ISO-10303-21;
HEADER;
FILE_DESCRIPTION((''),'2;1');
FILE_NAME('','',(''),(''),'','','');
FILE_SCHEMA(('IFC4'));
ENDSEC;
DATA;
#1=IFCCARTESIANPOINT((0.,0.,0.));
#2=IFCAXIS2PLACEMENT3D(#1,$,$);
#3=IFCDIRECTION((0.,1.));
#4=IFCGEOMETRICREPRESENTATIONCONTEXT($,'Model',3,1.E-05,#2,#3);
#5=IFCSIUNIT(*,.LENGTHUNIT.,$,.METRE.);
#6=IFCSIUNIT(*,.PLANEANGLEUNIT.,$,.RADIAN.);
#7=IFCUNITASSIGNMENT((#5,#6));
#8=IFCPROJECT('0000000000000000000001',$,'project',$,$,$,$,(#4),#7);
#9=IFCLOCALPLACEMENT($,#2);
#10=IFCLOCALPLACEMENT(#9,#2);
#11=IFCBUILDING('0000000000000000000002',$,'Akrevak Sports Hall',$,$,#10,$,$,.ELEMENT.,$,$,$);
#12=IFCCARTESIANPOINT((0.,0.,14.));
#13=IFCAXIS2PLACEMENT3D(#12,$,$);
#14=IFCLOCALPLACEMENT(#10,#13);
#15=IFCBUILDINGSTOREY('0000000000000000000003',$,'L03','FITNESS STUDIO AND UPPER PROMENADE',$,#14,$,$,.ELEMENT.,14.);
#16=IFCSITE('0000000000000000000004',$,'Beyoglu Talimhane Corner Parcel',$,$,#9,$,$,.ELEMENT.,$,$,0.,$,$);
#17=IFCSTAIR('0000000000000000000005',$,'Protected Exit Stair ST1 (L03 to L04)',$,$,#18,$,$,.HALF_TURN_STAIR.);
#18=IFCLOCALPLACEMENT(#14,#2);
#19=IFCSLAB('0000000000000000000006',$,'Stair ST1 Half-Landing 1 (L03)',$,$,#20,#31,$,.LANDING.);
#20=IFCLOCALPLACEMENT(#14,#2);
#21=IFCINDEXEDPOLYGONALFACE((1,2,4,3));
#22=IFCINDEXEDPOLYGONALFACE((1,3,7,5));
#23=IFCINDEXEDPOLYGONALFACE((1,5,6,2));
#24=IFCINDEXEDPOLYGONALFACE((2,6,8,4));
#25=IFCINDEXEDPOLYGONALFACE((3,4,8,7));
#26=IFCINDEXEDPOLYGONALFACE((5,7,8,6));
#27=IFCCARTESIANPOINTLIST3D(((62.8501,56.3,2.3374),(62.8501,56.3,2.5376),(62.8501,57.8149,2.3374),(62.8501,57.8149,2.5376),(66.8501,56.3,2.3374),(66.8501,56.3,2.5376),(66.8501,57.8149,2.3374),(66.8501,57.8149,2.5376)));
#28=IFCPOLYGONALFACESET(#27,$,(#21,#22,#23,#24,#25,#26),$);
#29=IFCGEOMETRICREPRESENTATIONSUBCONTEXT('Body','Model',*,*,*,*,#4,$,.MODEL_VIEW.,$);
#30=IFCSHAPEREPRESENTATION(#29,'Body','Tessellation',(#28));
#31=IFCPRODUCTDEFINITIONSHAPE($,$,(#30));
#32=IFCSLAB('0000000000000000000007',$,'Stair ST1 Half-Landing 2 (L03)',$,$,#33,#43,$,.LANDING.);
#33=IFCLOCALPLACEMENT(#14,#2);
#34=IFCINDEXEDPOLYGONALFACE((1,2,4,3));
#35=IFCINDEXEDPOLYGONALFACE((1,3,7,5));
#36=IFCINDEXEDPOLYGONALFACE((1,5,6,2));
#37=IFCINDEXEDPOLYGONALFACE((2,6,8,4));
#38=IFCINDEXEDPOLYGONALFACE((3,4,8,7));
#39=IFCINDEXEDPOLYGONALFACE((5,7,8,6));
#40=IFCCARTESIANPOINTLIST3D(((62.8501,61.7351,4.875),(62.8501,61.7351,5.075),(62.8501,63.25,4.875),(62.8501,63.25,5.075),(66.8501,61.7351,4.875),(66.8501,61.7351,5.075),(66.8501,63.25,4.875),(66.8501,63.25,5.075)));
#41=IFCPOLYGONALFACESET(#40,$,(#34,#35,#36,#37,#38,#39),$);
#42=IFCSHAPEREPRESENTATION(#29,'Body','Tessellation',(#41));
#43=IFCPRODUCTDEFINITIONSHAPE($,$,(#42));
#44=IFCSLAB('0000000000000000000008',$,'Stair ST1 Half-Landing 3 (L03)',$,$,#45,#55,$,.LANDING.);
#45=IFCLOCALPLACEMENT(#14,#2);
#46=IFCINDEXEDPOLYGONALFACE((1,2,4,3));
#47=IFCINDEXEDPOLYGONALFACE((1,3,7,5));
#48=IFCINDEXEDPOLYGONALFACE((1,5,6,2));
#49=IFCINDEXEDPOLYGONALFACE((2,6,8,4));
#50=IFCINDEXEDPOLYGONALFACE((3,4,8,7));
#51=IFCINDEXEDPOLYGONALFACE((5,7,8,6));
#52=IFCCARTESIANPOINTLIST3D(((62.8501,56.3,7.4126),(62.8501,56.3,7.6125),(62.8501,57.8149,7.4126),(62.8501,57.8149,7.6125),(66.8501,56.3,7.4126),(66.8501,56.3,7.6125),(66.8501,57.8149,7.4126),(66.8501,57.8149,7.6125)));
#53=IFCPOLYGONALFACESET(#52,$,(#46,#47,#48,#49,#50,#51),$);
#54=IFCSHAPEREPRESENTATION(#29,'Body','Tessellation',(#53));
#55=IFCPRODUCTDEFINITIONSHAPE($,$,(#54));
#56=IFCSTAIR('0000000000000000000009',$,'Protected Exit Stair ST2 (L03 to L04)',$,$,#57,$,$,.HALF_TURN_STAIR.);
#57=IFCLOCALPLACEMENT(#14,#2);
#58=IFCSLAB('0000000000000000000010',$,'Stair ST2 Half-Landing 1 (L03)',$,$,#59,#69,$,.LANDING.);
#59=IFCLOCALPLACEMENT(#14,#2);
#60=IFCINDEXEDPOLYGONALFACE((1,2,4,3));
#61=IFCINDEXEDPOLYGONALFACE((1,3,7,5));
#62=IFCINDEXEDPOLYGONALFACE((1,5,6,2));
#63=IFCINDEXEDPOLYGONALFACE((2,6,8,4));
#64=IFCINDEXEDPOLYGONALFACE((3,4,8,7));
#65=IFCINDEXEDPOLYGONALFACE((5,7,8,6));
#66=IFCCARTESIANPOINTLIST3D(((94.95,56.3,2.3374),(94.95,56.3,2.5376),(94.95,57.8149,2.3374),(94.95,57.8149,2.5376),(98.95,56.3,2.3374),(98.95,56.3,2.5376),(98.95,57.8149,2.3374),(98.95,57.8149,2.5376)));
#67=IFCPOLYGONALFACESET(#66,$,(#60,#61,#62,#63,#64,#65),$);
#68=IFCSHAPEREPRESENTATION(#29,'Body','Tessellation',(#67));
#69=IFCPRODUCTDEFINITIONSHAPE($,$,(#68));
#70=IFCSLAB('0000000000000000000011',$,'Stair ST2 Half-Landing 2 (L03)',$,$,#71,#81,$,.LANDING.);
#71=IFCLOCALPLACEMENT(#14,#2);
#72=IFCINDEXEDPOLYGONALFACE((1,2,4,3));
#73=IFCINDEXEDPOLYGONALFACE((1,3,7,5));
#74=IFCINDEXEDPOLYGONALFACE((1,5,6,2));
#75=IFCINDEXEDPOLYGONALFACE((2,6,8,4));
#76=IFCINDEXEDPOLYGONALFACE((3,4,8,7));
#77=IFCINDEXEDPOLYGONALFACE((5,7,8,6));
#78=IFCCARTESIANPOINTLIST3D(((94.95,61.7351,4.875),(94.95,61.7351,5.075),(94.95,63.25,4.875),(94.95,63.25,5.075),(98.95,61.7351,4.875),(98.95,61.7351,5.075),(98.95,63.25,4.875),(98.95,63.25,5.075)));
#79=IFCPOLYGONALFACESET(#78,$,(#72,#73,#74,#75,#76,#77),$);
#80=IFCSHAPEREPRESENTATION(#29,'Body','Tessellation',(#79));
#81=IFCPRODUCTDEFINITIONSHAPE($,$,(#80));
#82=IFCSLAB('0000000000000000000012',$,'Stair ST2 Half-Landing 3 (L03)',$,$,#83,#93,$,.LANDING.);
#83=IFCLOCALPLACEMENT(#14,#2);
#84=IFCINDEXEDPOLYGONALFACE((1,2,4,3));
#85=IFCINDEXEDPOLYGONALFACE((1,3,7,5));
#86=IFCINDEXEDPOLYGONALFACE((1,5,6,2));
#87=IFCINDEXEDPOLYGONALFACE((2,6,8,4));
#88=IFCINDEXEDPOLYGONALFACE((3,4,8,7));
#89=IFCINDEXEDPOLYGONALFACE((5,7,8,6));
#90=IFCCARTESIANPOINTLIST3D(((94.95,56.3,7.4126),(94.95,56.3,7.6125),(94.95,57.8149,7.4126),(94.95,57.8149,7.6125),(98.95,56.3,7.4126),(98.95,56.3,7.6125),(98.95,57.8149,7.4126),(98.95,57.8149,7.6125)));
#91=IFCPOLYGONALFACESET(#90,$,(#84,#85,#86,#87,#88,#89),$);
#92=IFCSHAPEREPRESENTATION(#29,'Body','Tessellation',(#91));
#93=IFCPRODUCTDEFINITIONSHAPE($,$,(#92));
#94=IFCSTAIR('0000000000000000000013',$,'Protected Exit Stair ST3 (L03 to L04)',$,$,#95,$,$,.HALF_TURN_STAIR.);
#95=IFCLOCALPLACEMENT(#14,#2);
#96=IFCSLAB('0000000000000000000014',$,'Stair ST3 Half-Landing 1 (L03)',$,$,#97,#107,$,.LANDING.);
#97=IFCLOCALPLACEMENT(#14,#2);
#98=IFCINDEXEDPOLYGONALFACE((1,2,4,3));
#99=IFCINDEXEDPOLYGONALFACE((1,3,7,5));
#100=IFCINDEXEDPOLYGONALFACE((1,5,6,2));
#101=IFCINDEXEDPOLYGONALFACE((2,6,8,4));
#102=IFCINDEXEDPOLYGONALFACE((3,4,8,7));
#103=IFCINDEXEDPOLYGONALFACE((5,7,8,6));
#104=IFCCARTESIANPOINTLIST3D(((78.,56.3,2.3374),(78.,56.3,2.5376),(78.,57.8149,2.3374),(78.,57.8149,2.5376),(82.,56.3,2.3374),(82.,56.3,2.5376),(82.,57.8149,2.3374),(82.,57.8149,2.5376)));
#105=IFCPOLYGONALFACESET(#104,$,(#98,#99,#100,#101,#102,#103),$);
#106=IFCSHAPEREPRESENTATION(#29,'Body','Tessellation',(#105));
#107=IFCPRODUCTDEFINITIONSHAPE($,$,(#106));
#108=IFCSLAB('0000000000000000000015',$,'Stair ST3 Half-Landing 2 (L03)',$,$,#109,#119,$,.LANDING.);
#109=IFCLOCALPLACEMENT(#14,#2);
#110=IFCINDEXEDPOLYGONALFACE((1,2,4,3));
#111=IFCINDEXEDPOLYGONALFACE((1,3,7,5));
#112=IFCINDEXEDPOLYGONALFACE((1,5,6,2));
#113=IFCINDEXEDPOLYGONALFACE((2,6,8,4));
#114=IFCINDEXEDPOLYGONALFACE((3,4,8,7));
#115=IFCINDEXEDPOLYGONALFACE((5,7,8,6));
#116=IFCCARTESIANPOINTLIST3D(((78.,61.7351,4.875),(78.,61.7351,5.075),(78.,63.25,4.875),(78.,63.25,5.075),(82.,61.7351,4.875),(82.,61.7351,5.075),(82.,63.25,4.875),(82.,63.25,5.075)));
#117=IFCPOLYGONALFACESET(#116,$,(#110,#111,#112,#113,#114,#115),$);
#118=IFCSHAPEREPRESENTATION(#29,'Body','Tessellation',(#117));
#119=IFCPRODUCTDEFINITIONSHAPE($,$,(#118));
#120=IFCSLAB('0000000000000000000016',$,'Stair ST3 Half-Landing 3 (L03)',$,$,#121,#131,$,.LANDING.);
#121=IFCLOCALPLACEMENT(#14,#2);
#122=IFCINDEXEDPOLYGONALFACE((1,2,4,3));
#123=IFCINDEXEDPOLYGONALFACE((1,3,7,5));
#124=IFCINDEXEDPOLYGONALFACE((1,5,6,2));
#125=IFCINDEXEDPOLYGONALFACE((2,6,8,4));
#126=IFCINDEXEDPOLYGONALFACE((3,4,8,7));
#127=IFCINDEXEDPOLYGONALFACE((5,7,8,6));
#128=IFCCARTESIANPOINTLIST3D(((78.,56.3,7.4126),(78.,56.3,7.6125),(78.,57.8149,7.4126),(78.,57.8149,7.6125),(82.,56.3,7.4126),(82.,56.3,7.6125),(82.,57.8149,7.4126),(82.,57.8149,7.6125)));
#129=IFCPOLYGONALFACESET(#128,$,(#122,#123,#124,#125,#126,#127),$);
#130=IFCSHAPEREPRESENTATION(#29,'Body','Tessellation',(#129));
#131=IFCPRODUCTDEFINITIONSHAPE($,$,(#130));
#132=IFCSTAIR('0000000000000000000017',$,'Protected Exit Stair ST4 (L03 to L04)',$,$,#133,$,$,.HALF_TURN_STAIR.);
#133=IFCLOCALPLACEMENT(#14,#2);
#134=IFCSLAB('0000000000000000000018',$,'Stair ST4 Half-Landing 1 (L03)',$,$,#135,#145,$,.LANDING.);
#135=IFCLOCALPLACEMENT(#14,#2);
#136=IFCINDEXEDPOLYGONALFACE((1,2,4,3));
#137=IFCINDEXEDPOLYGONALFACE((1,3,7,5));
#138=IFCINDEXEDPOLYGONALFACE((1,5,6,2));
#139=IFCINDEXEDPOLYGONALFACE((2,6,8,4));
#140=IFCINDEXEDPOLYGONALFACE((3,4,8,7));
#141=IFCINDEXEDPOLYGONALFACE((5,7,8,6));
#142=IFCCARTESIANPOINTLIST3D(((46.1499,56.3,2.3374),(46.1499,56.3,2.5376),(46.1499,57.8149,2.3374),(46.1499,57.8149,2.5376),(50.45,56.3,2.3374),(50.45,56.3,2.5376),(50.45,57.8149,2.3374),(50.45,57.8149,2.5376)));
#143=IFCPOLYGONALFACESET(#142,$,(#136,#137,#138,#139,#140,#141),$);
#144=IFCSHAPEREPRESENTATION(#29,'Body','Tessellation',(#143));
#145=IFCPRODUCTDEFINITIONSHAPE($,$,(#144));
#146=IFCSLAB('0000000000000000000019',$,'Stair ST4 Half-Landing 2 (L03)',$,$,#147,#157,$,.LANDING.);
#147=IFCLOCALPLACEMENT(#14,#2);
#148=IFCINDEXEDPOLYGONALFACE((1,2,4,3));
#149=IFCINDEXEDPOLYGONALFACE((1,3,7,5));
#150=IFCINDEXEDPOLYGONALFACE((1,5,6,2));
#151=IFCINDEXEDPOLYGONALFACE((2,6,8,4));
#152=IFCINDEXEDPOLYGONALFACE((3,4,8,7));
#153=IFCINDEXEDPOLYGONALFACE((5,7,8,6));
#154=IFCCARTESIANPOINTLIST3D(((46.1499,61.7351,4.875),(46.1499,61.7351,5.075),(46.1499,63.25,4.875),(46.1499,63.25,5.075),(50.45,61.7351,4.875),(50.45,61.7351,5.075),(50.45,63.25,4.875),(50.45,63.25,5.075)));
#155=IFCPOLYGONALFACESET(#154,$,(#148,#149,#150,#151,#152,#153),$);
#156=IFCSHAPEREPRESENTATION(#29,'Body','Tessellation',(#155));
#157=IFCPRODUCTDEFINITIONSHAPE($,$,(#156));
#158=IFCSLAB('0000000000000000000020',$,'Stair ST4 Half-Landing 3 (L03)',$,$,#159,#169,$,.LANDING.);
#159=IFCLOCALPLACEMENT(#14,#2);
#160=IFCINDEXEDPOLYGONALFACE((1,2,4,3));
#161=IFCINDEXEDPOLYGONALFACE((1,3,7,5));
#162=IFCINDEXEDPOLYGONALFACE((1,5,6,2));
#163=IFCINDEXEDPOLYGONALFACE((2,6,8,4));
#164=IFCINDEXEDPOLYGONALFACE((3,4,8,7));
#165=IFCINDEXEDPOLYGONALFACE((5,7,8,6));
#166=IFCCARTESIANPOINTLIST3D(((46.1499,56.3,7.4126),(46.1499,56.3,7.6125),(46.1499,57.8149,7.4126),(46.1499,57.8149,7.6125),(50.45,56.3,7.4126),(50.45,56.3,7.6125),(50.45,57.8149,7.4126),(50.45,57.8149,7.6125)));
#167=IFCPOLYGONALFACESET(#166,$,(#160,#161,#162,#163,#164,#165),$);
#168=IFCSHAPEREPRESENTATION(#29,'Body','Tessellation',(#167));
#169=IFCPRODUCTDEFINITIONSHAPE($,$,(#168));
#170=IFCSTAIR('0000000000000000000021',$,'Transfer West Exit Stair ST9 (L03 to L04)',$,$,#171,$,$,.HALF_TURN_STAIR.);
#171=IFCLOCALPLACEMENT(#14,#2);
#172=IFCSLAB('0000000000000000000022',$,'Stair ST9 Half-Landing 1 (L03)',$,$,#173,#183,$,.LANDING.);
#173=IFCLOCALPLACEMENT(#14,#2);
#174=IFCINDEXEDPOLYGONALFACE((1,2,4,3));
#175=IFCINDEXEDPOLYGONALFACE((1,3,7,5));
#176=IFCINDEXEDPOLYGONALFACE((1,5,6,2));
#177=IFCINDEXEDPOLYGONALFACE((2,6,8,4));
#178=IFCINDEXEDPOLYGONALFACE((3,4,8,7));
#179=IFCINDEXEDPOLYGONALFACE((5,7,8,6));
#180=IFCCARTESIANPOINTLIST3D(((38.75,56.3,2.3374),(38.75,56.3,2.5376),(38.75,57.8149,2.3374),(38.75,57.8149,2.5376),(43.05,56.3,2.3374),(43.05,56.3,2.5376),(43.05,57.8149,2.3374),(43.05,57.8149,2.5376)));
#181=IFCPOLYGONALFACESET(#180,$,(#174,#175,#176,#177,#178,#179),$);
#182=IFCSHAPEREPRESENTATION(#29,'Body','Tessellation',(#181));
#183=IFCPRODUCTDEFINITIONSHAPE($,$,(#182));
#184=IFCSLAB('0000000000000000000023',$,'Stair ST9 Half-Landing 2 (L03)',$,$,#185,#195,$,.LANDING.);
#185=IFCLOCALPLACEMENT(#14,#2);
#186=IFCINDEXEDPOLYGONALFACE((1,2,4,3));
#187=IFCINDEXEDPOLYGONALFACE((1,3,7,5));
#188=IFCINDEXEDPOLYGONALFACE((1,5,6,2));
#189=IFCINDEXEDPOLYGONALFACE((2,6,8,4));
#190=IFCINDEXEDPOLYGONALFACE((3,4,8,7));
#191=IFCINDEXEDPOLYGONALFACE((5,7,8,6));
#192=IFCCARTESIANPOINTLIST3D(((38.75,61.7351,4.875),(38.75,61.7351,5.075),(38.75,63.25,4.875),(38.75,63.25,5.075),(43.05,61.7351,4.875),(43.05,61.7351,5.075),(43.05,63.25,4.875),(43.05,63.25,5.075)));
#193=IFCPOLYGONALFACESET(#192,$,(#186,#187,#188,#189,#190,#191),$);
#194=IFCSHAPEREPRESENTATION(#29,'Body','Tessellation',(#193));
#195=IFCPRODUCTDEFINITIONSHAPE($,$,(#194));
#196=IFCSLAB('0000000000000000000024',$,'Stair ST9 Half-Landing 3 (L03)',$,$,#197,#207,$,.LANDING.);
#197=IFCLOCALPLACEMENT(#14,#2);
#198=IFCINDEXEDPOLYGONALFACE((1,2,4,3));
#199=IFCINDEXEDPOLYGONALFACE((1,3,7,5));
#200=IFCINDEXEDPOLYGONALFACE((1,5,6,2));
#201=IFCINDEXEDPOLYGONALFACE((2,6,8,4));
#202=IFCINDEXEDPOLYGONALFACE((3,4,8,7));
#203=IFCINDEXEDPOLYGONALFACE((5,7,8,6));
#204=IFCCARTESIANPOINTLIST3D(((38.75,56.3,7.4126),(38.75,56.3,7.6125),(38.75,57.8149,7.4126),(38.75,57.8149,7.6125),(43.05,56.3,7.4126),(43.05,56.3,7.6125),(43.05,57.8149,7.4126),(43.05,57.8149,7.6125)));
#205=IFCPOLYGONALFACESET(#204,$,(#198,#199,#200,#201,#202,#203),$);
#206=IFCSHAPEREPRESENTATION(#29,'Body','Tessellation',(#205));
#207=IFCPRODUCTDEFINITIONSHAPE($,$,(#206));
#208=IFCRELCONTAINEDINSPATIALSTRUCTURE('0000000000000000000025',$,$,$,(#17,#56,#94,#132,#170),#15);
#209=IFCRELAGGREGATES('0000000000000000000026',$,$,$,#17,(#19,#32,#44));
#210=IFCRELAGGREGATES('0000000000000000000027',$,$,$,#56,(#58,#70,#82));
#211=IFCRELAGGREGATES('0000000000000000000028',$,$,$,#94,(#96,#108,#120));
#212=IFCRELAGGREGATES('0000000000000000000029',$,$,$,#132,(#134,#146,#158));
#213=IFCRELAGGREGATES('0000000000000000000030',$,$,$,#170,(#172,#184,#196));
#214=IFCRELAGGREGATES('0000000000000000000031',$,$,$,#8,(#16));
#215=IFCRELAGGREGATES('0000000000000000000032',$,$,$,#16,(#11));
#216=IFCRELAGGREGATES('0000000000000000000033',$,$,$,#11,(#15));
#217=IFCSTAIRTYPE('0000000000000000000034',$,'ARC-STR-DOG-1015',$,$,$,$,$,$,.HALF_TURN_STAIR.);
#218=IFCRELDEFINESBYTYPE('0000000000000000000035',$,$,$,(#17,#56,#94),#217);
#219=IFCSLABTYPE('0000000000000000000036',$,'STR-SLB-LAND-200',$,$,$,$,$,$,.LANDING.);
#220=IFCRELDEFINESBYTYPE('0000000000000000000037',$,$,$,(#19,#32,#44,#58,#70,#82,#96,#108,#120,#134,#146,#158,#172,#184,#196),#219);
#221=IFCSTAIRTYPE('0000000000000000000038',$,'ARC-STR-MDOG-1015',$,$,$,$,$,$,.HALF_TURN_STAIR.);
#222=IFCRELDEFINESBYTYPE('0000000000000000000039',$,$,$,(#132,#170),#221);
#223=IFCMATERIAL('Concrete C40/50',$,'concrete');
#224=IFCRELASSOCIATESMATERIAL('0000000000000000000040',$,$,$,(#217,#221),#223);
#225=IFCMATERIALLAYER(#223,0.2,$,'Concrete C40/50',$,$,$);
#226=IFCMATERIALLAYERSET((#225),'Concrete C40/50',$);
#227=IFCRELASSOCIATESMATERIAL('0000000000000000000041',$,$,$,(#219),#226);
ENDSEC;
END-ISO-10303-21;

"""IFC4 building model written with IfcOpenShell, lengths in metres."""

from ifc_helpers import new_model, si_unit, direction, frame, origin, place, context, subcontext, project, spatial, polyline, outline, extrude, material, layer, layer_set, type_object, element, aggregate, save


model = new_model("IFC4")

# Units and contexts
model_context = context("Model", 3, precision=1e-05, world=origin(), true_north=direction((0.0, 1.0)))
body_context = subcontext(model_context, "Body", "Model", "MODEL_VIEW")
ifc_project = project(units=[si_unit("LENGTHUNIT", "METRE"), si_unit("PLANEANGLEUNIT", "RADIAN")], contexts=[model_context])

# Site, building, storey
site_placement = place(None, origin())
site = spatial("IfcSite", under=ifc_project, at=site_placement, Name="Beyoglu Talimhane Corner Parcel", CompositionType="ELEMENT", RefElevation=0.0)
building_placement = place(site_placement, origin())
building = spatial("IfcBuilding", under=site, at=building_placement, Name="Akrevak Sports Hall", CompositionType="ELEMENT")
storey_placement = place(building_placement, frame((0.0, 0.0, 14.0)))
storey = spatial("IfcBuildingStorey", under=building, at=storey_placement, Name="L03", Description="FITNESS STUDIO AND UPPER PROMENADE", CompositionType="ELEMENT", Elevation=14.0)

# Shared definitions
ifc_material = material(Name="Concrete C40/50", Category="concrete")

# Stairs, slabs
stair_type_1 = type_object("IfcStairType", Name="ARC-STR-DOG-1015", PredefinedType="HALF_TURN_STAIR", material=ifc_material)
stair_1_placement = place(storey_placement, origin())
stair_1 = element("IfcStair", 1, at=stair_1_placement, inside=storey, type_object=stair_type_1, Name="Protected Exit Stair ST1 (L03 to L04)", PredefinedType="HALF_TURN_STAIR")
ifc_layer_1 = layer(ifc_material, 0.2, Name="Concrete C40/50")
ifc_layer_set_1 = layer_set([ifc_layer_1], Name="Concrete C40/50")
slab_type_1 = type_object("IfcSlabType", Name="STR-SLB-LAND-200", PredefinedType="LANDING", material=ifc_layer_set_1)
slab_1_placement = place(storey_placement, frame((0.0, 0.0, 2.3374)))
slab_1 = element("IfcSlab", 2, at=slab_1_placement, type_object=slab_type_1, Name="Stair ST1 Half-Landing 1 (L03)", PredefinedType="LANDING", context=body_context, shape_type="SweptSolid", body=[
    extrude(outline(polyline([(62.8501, 56.3), (66.8501, 56.3), (66.8501, 57.8149), (62.8501, 57.8149), (62.8501, 56.3)])), origin(), (0.0, 0.0, 1.0), 0.2002),
])
slab_2_placement = place(storey_placement, frame((0.0, 0.0, 4.875)))
slab_2 = element("IfcSlab", 3, at=slab_2_placement, type_object=slab_type_1, Name="Stair ST1 Half-Landing 2 (L03)", PredefinedType="LANDING", context=body_context, shape_type="SweptSolid", body=[
    extrude(outline(polyline([(62.8501, 61.7351), (66.8501, 61.7351), (66.8501, 63.25), (62.8501, 63.25), (62.8501, 61.7351)])), origin(), (0.0, 0.0, 1.0), 0.2),
])
slab_3_placement = place(storey_placement, frame((0.0, 0.0, 7.4126)))
slab_3 = element("IfcSlab", 4, at=slab_3_placement, type_object=slab_type_1, Name="Stair ST1 Half-Landing 3 (L03)", PredefinedType="LANDING", context=body_context, shape_type="SweptSolid", body=[
    extrude(outline(polyline([(62.8501, 56.3), (66.8501, 56.3), (66.8501, 57.8149), (62.8501, 57.8149), (62.8501, 56.3)])), origin(), (0.0, 0.0, 1.0), 0.2),
])
aggregate(stair_1, [slab_1, slab_2, slab_3])
stair_2_placement = place(storey_placement, origin())
stair_2 = element("IfcStair", 5, at=stair_2_placement, inside=storey, type_object=stair_type_1, Name="Protected Exit Stair ST2 (L03 to L04)", PredefinedType="HALF_TURN_STAIR")
slab_4_placement = place(storey_placement, frame((0.0, 0.0, 2.3374)))
slab_4 = element("IfcSlab", 6, at=slab_4_placement, type_object=slab_type_1, Name="Stair ST2 Half-Landing 1 (L03)", PredefinedType="LANDING", context=body_context, shape_type="SweptSolid", body=[
    extrude(outline(polyline([(94.95, 56.3), (98.95, 56.3), (98.95, 57.8149), (94.95, 57.8149), (94.95, 56.3)])), origin(), (0.0, 0.0, 1.0), 0.2002),
])
slab_5_placement = place(storey_placement, frame((0.0, 0.0, 4.875)))
slab_5 = element("IfcSlab", 7, at=slab_5_placement, type_object=slab_type_1, Name="Stair ST2 Half-Landing 2 (L03)", PredefinedType="LANDING", context=body_context, shape_type="SweptSolid", body=[
    extrude(outline(polyline([(94.95, 61.7351), (98.95, 61.7351), (98.95, 63.25), (94.95, 63.25), (94.95, 61.7351)])), origin(), (0.0, 0.0, 1.0), 0.2),
])
slab_6_placement = place(storey_placement, frame((0.0, 0.0, 7.4126)))
slab_6 = element("IfcSlab", 8, at=slab_6_placement, type_object=slab_type_1, Name="Stair ST2 Half-Landing 3 (L03)", PredefinedType="LANDING", context=body_context, shape_type="SweptSolid", body=[
    extrude(outline(polyline([(94.95, 56.3), (98.95, 56.3), (98.95, 57.8149), (94.95, 57.8149), (94.95, 56.3)])), origin(), (0.0, 0.0, 1.0), 0.2),
])
aggregate(stair_2, [slab_4, slab_5, slab_6])
stair_3_placement = place(storey_placement, origin())
stair_3 = element("IfcStair", 9, at=stair_3_placement, inside=storey, type_object=stair_type_1, Name="Protected Exit Stair ST3 (L03 to L04)", PredefinedType="HALF_TURN_STAIR")
slab_7_placement = place(storey_placement, frame((0.0, 0.0, 2.3374)))
slab_7 = element("IfcSlab", 10, at=slab_7_placement, type_object=slab_type_1, Name="Stair ST3 Half-Landing 1 (L03)", PredefinedType="LANDING", context=body_context, shape_type="SweptSolid", body=[
    extrude(outline(polyline([(78.0, 56.3), (82.0, 56.3), (82.0, 57.8149), (78.0, 57.8149), (78.0, 56.3)])), origin(), (0.0, 0.0, 1.0), 0.2002),
])
slab_8_placement = place(storey_placement, frame((0.0, 0.0, 4.875)))
slab_8 = element("IfcSlab", 11, at=slab_8_placement, type_object=slab_type_1, Name="Stair ST3 Half-Landing 2 (L03)", PredefinedType="LANDING", context=body_context, shape_type="SweptSolid", body=[
    extrude(outline(polyline([(78.0, 61.7351), (82.0, 61.7351), (82.0, 63.25), (78.0, 63.25), (78.0, 61.7351)])), origin(), (0.0, 0.0, 1.0), 0.2),
])
slab_9_placement = place(storey_placement, frame((0.0, 0.0, 7.4126)))
slab_9 = element("IfcSlab", 12, at=slab_9_placement, type_object=slab_type_1, Name="Stair ST3 Half-Landing 3 (L03)", PredefinedType="LANDING", context=body_context, shape_type="SweptSolid", body=[
    extrude(outline(polyline([(78.0, 56.3), (82.0, 56.3), (82.0, 57.8149), (78.0, 57.8149), (78.0, 56.3)])), origin(), (0.0, 0.0, 1.0), 0.2),
])
aggregate(stair_3, [slab_7, slab_8, slab_9])
stair_type_2 = type_object("IfcStairType", Name="ARC-STR-MDOG-1015", PredefinedType="HALF_TURN_STAIR", material=ifc_material)
stair_4_placement = place(storey_placement, origin())
stair_4 = element("IfcStair", 13, at=stair_4_placement, inside=storey, type_object=stair_type_2, Name="Protected Exit Stair ST4 (L03 to L04)", PredefinedType="HALF_TURN_STAIR")
slab_10_placement = place(storey_placement, frame((0.0, 0.0, 2.3374)))
slab_10 = element("IfcSlab", 14, at=slab_10_placement, type_object=slab_type_1, Name="Stair ST4 Half-Landing 1 (L03)", PredefinedType="LANDING", context=body_context, shape_type="SweptSolid", body=[
    extrude(outline(polyline([(46.1499, 56.3), (50.45, 56.3), (50.45, 57.8149), (46.1499, 57.8149), (46.1499, 56.3)])), origin(), (0.0, 0.0, 1.0), 0.2002),
])
slab_11_placement = place(storey_placement, frame((0.0, 0.0, 4.875)))
slab_11 = element("IfcSlab", 15, at=slab_11_placement, type_object=slab_type_1, Name="Stair ST4 Half-Landing 2 (L03)", PredefinedType="LANDING", context=body_context, shape_type="SweptSolid", body=[
    extrude(outline(polyline([(46.1499, 61.7351), (50.45, 61.7351), (50.45, 63.25), (46.1499, 63.25), (46.1499, 61.7351)])), origin(), (0.0, 0.0, 1.0), 0.2),
])
slab_12_placement = place(storey_placement, frame((0.0, 0.0, 7.4126)))
slab_12 = element("IfcSlab", 16, at=slab_12_placement, type_object=slab_type_1, Name="Stair ST4 Half-Landing 3 (L03)", PredefinedType="LANDING", context=body_context, shape_type="SweptSolid", body=[
    extrude(outline(polyline([(46.1499, 56.3), (50.45, 56.3), (50.45, 57.8149), (46.1499, 57.8149), (46.1499, 56.3)])), origin(), (0.0, 0.0, 1.0), 0.2),
])
aggregate(stair_4, [slab_10, slab_11, slab_12])
stair_5_placement = place(storey_placement, origin())
stair_5 = element("IfcStair", 17, at=stair_5_placement, inside=storey, type_object=stair_type_2, Name="Transfer West Exit Stair ST9 (L03 to L04)", PredefinedType="HALF_TURN_STAIR")
slab_13_placement = place(storey_placement, frame((0.0, 0.0, 2.3374)))
slab_13 = element("IfcSlab", 18, at=slab_13_placement, type_object=slab_type_1, Name="Stair ST9 Half-Landing 1 (L03)", PredefinedType="LANDING", context=body_context, shape_type="SweptSolid", body=[
    extrude(outline(polyline([(38.75, 56.3), (43.05, 56.3), (43.05, 57.8149), (38.75, 57.8149), (38.75, 56.3)])), origin(), (0.0, 0.0, 1.0), 0.2002),
])
slab_14_placement = place(storey_placement, frame((0.0, 0.0, 4.875)))
slab_14 = element("IfcSlab", 19, at=slab_14_placement, type_object=slab_type_1, Name="Stair ST9 Half-Landing 2 (L03)", PredefinedType="LANDING", context=body_context, shape_type="SweptSolid", body=[
    extrude(outline(polyline([(38.75, 61.7351), (43.05, 61.7351), (43.05, 63.25), (38.75, 63.25), (38.75, 61.7351)])), origin(), (0.0, 0.0, 1.0), 0.2),
])
slab_15_placement = place(storey_placement, frame((0.0, 0.0, 7.4126)))
slab_15 = element("IfcSlab", 20, at=slab_15_placement, type_object=slab_type_1, Name="Stair ST9 Half-Landing 3 (L03)", PredefinedType="LANDING", context=body_context, shape_type="SweptSolid", body=[
    extrude(outline(polyline([(38.75, 56.3), (43.05, 56.3), (43.05, 57.8149), (38.75, 57.8149), (38.75, 56.3)])), origin(), (0.0, 0.0, 1.0), 0.2),
])
aggregate(stair_5, [slab_13, slab_14, slab_15])

save(model, "model.ifc")
